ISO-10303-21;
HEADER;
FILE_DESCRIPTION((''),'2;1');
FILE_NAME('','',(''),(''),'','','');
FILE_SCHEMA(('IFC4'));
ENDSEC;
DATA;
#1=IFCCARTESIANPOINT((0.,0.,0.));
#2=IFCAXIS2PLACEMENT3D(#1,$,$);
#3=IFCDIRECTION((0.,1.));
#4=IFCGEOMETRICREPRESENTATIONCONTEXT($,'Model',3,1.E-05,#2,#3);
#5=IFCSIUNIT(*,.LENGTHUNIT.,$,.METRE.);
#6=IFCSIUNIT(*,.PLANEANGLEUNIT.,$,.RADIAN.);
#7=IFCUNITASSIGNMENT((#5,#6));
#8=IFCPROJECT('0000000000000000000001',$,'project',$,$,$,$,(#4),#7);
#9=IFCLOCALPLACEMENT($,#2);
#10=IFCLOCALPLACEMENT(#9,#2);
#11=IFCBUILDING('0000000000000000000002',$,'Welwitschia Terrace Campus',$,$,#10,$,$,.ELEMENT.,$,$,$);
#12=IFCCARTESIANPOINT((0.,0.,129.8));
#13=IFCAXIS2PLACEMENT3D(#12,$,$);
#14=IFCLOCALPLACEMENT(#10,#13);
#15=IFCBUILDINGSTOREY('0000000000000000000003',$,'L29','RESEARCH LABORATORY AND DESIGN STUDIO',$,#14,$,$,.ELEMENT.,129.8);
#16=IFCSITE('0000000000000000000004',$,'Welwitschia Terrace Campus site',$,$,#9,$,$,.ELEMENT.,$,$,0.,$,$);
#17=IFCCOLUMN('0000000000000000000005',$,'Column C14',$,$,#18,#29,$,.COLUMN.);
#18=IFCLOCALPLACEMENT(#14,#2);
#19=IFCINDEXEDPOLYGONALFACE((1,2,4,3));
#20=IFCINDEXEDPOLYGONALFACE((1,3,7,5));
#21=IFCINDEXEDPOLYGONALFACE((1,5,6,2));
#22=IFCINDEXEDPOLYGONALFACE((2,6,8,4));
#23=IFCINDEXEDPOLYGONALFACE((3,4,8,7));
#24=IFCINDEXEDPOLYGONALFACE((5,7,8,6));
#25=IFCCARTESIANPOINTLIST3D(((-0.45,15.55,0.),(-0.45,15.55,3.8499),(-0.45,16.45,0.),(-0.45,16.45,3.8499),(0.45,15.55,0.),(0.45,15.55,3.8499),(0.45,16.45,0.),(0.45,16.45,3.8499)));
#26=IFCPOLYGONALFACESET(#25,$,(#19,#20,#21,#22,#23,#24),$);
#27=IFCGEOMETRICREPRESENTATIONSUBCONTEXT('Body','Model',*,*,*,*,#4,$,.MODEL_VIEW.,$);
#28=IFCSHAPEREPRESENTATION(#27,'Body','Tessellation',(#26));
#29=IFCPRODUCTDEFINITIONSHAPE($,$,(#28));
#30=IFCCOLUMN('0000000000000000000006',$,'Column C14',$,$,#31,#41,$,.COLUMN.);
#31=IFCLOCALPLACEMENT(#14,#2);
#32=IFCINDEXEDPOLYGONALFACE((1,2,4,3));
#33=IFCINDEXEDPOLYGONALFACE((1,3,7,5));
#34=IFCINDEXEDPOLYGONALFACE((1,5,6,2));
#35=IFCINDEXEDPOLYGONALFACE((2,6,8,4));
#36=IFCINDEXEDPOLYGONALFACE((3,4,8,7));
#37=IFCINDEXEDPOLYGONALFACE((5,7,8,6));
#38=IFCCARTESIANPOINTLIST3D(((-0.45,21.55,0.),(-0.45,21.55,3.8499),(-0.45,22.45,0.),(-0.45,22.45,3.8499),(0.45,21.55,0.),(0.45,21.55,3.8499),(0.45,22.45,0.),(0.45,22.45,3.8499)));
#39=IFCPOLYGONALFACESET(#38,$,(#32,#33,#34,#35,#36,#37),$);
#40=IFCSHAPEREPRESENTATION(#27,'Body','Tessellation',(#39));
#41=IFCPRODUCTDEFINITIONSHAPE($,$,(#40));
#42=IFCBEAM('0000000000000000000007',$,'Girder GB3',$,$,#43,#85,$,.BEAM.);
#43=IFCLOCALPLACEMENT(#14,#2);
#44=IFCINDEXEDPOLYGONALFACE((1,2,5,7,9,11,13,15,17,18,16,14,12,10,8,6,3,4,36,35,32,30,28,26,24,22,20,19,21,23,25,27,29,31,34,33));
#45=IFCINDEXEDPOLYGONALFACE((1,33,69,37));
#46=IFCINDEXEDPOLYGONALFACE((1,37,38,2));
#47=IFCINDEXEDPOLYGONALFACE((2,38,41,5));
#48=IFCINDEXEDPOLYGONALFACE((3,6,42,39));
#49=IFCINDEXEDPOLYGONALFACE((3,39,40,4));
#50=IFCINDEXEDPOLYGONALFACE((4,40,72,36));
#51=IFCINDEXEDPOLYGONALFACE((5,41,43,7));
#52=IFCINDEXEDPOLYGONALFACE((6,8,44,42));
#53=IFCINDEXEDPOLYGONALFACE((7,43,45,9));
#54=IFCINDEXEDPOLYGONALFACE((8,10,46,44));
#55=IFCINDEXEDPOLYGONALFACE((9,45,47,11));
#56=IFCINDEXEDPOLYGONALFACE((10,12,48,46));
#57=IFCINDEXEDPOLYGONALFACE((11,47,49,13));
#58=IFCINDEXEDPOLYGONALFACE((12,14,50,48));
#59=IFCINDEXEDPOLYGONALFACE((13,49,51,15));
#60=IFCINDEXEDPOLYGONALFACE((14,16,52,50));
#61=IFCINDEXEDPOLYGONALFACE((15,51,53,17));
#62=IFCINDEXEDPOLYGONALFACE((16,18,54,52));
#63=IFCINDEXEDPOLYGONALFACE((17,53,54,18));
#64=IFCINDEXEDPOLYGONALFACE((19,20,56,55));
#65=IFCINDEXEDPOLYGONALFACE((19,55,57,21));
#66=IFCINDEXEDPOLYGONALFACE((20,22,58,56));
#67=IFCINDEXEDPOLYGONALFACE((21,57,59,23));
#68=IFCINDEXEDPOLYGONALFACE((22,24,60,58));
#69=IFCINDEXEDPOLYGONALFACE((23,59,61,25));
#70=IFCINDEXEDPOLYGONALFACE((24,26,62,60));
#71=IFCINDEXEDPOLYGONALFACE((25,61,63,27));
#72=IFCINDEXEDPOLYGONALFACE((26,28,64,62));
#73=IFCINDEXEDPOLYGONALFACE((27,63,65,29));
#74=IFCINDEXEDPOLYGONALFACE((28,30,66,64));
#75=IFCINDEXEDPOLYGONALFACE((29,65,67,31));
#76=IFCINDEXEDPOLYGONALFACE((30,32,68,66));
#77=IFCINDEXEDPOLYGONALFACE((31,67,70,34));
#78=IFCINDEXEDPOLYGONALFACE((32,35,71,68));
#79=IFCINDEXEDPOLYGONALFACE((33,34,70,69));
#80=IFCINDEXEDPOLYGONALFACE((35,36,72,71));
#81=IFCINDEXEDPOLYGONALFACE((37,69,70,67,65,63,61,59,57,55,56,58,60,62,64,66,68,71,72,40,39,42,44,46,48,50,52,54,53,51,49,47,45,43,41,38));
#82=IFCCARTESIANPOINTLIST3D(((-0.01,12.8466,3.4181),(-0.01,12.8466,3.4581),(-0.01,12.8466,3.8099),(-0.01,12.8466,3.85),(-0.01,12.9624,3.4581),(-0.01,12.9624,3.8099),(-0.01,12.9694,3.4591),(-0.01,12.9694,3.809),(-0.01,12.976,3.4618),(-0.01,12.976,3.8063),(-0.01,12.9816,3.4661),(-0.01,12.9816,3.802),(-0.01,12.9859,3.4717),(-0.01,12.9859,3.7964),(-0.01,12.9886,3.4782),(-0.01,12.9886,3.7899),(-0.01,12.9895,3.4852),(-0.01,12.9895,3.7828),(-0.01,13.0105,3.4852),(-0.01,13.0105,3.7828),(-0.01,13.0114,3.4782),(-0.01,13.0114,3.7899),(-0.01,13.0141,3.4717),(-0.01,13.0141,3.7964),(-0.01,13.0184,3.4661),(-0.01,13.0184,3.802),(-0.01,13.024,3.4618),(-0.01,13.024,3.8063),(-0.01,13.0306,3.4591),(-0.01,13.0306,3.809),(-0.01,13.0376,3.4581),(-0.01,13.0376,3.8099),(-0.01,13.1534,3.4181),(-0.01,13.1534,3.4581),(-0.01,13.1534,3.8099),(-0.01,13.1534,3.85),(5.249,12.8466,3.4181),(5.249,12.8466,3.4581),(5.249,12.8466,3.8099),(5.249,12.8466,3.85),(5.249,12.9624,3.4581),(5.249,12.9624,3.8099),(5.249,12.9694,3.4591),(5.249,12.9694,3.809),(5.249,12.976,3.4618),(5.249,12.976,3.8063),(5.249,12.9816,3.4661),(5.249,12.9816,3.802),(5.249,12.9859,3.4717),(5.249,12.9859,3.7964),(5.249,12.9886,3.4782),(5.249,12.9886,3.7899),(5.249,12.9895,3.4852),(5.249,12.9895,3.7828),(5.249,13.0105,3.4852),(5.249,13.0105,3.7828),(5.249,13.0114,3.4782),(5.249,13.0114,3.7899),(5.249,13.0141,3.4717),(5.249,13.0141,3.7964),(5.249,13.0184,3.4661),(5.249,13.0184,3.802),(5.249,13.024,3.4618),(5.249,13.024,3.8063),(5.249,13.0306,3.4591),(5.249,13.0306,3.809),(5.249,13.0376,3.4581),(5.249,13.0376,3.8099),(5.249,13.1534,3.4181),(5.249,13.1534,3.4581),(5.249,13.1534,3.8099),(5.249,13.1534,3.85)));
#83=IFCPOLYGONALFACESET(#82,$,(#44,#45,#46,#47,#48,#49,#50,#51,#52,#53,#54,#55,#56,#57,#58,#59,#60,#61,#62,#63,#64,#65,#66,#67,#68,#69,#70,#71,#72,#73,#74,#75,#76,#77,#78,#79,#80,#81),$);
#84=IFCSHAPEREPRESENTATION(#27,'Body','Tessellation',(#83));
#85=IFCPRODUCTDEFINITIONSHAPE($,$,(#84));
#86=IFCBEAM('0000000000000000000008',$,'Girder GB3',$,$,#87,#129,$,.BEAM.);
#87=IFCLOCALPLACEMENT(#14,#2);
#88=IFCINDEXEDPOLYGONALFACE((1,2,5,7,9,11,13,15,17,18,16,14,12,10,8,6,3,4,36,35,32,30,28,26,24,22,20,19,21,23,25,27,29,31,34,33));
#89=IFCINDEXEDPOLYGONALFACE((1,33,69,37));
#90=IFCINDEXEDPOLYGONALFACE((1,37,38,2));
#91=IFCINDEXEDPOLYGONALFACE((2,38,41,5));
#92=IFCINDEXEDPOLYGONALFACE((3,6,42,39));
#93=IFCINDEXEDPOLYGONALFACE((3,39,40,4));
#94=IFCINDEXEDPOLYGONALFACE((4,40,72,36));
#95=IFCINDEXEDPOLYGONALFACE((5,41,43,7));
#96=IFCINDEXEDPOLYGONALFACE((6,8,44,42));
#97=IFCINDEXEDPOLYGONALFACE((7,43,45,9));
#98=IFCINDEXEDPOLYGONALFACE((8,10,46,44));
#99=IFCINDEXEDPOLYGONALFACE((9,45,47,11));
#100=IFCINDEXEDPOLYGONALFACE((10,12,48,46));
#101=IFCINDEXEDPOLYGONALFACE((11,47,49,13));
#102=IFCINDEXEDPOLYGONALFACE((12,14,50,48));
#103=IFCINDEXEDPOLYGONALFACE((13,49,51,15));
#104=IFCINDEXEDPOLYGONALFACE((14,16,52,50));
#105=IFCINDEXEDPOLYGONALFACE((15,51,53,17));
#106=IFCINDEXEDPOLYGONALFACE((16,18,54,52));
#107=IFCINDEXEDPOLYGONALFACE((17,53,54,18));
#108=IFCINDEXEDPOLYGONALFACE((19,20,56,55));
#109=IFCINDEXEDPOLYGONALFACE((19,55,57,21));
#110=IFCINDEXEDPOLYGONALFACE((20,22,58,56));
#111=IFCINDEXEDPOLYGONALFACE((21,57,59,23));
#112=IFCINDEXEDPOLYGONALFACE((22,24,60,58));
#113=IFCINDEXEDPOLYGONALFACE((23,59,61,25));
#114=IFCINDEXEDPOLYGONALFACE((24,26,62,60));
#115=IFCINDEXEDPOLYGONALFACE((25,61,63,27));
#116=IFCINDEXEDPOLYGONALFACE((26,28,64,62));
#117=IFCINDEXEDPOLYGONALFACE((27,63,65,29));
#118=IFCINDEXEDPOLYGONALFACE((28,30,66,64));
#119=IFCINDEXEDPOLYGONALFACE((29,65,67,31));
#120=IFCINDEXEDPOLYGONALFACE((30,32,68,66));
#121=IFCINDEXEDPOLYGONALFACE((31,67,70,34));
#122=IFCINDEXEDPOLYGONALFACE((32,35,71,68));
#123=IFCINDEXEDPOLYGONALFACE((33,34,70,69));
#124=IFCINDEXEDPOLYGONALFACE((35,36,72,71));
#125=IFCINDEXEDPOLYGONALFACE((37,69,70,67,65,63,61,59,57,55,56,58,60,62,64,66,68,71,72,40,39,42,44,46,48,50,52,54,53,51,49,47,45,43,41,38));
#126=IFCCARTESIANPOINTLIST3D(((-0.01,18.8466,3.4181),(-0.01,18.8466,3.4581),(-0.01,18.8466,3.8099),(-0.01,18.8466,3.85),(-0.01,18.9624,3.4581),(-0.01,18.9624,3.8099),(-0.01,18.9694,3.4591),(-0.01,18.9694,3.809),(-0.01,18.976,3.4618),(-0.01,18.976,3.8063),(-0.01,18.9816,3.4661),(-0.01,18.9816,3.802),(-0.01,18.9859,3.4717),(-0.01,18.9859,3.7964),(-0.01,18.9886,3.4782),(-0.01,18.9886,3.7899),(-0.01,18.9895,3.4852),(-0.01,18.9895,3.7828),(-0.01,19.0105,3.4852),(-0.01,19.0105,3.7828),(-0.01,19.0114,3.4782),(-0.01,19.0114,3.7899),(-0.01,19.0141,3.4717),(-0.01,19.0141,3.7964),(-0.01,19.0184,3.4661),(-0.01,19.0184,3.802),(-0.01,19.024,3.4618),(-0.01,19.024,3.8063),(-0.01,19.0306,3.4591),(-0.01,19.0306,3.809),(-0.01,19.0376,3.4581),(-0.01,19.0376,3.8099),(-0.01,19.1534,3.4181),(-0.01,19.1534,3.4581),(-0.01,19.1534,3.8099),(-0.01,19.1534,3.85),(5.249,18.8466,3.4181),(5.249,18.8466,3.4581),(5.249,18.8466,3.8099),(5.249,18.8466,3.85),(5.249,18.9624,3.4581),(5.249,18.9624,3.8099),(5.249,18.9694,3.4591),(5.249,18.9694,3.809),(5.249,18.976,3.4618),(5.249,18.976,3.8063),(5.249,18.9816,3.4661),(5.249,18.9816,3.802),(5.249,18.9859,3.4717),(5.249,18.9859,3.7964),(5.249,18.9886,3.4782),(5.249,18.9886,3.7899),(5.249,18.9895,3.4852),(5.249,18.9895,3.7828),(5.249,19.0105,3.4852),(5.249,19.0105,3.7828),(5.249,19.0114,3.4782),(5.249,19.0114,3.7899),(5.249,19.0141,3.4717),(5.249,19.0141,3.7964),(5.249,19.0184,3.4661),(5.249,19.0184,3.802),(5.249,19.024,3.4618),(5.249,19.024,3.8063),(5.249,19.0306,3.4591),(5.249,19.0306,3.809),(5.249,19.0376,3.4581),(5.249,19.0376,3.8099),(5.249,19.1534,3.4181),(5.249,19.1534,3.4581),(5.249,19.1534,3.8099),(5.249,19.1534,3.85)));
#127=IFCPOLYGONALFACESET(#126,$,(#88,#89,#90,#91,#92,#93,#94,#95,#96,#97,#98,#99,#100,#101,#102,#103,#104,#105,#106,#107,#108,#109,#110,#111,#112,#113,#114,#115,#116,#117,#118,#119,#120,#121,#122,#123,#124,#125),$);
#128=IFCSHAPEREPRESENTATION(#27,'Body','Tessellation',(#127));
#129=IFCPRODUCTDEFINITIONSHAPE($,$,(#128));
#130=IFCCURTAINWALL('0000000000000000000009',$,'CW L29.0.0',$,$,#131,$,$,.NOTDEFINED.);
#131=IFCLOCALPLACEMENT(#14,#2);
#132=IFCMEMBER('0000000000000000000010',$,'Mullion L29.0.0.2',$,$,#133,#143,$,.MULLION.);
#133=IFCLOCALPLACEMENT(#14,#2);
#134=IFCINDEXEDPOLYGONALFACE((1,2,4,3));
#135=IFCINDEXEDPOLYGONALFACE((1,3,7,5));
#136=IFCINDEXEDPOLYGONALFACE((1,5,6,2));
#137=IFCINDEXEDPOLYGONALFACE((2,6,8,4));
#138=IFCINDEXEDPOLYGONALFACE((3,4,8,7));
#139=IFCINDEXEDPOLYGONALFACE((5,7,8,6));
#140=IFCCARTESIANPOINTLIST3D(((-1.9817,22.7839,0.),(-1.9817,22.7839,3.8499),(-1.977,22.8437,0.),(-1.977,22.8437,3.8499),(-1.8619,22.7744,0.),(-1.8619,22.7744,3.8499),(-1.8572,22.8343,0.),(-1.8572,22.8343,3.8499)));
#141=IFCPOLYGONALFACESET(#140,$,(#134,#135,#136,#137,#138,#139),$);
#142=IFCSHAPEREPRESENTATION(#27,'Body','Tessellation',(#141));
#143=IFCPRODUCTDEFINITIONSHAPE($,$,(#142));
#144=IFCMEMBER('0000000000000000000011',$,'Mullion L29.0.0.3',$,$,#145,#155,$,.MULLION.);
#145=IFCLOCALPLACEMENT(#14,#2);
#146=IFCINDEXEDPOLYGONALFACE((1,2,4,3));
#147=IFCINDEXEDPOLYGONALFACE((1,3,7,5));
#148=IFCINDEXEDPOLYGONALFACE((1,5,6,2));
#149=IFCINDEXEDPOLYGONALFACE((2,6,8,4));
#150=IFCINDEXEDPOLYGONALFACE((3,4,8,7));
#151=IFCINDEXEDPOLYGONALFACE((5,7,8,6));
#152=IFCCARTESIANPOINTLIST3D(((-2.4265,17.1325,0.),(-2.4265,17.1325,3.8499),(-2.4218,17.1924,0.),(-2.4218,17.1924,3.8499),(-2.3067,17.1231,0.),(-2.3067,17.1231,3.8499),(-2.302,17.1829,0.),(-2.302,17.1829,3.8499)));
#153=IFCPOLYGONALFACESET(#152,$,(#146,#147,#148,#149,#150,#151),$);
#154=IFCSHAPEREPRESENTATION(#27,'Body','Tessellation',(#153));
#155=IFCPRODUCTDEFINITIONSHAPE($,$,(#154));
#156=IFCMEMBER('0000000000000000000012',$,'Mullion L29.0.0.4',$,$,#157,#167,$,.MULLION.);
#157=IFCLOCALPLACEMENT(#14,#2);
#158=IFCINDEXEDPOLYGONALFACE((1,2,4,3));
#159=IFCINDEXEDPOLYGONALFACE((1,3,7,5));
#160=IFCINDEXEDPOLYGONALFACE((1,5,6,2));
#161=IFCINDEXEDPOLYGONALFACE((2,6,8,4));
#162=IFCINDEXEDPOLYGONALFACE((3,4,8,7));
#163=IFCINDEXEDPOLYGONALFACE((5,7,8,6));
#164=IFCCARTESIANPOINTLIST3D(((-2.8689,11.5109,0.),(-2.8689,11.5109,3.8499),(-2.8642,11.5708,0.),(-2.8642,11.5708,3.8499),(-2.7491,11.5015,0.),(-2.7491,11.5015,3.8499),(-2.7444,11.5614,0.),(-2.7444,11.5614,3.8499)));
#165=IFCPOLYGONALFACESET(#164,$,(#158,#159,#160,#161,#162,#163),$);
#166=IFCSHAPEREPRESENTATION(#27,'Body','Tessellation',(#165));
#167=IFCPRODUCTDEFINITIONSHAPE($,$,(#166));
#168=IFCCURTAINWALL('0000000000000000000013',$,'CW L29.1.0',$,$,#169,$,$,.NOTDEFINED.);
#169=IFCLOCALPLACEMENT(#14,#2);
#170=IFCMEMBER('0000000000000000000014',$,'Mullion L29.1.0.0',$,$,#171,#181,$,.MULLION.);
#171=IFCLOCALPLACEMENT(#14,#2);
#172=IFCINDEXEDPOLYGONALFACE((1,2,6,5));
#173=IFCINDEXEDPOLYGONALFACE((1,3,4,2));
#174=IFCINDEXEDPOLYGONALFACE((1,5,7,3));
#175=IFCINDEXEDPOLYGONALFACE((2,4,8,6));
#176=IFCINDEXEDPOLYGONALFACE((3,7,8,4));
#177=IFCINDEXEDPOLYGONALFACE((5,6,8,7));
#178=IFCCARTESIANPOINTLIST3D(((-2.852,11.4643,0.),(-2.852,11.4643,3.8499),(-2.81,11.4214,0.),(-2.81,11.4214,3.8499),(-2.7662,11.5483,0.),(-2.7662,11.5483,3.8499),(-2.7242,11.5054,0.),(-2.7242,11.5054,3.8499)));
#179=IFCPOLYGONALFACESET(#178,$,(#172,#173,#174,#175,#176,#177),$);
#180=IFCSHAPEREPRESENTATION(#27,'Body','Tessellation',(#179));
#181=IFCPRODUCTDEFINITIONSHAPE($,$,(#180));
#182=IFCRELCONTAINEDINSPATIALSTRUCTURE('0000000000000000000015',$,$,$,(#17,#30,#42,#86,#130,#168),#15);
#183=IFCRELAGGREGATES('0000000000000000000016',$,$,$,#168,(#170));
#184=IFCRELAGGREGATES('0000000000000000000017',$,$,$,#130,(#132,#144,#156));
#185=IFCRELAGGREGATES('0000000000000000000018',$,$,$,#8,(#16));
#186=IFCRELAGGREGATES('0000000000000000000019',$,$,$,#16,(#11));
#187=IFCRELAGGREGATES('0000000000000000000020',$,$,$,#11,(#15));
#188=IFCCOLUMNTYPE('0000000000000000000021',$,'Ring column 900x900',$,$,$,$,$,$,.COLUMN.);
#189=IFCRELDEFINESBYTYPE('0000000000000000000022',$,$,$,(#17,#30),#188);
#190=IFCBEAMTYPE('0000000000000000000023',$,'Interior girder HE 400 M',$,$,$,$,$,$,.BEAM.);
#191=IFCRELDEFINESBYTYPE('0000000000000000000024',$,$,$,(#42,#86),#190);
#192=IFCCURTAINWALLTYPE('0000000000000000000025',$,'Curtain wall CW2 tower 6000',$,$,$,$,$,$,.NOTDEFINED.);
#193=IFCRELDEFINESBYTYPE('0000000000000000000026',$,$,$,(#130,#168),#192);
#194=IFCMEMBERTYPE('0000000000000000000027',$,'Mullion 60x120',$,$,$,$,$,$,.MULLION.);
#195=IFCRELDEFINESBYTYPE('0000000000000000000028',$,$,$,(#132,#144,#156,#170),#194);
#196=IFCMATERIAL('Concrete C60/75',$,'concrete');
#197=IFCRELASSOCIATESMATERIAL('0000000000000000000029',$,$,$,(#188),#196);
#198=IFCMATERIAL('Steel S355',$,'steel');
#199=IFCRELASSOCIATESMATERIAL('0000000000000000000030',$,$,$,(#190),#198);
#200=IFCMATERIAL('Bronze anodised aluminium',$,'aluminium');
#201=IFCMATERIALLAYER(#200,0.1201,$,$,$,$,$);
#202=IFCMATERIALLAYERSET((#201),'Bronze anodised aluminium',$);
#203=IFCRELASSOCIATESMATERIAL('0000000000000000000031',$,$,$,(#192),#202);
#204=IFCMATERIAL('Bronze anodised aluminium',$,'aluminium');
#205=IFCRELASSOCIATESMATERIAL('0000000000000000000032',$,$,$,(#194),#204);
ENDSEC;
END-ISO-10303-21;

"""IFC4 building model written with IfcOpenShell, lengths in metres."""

from ifc_helpers import new_model, si_unit, direction, frame, origin, origin_2d, place, context, subcontext, project, spatial, rectangle, i_section, extrude, material, layer, layer_set, material_profile, profile_set, type_object, element, aggregate, save


model = new_model("IFC4")

# Units and contexts
model_context = context("Model", 3, precision=1e-05, world=origin(), true_north=direction((0.0, 1.0)))
body_context = subcontext(model_context, "Body", "Model", "MODEL_VIEW")
ifc_project = project(units=[si_unit("LENGTHUNIT", "METRE"), si_unit("PLANEANGLEUNIT", "RADIAN")], contexts=[model_context])

# Site, building, storey
site_placement = place(None, origin())
site = spatial("IfcSite", under=ifc_project, at=site_placement, Name="Welwitschia Terrace Campus site", CompositionType="ELEMENT", RefElevation=0.0)
building_placement = place(site_placement, origin())
building = spatial("IfcBuilding", under=site, at=building_placement, Name="Welwitschia Terrace Campus", CompositionType="ELEMENT")
storey_placement = place(building_placement, frame((0.0, 0.0, 129.8)))
storey = spatial("IfcBuildingStorey", under=building, at=storey_placement, Name="L29", Description="RESEARCH LABORATORY AND DESIGN STUDIO", CompositionType="ELEMENT", Elevation=129.8)

# Columns
ifc_material_1 = material(Name="Concrete C60/75", Category="concrete")
ifc_material_profile_1 = material_profile(ifc_material_1, rectangle(XDim=0.8999, YDim=0.8999, at=origin_2d()))
ifc_profile_set_1 = profile_set([ifc_material_profile_1], Name="Concrete C60/75")
column_type = type_object("IfcColumnType", Name="Ring column 900x900", PredefinedType="COLUMN", material=ifc_profile_set_1)
for number, where, z_axis, x_axis, name in (
    (1, (0.0, 16.0, 0.0), (0.0, 0.0, 1.0), (1.0, 0.0, 0.0), "Column C14"),
    (2, (0.0, 22.0, 0.0), (0.0, 0.0, 1.0), (1.0, 0.0, 0.0), "Column C14"),
):
    element("IfcColumn", number, at=place(storey_placement, frame(where, z_axis=z_axis, x_axis=x_axis)), inside=storey, type_object=column_type, Name=name, PredefinedType="COLUMN", context=body_context, shape_type="SweptSolid", body=[
        extrude(rectangle(XDim=0.8999, YDim=0.8999, at=origin_2d()), origin(), (0.0, 0.0, 1.0), 3.8499),
    ])

# Beams
ifc_material_2 = material(Name="Steel S355", Category="steel")
ifc_material_profile_2 = material_profile(ifc_material_2, i_section(OverallWidth=0.3069, OverallDepth=0.4319, WebThickness=0.021, FlangeThickness=0.04, FilletRadius=0.0271, at=origin_2d()))
ifc_profile_set_2 = profile_set([ifc_material_profile_2], Name="Steel S355")
beam_type_1 = type_object("IfcBeamType", Name="Interior girder HE 400 M", PredefinedType="BEAM", material=ifc_profile_set_2)
for number, where, z_axis, x_axis, name in (
    (3, (-0.01, 13.0, 3.634), (1.0, 0.0, 0.0), (0.0, 1.0, 0.0), "Girder GB3"),
    (4, (-0.01, 19.0, 3.634), (1.0, 0.0, 0.0), (0.0, 1.0, 0.0), "Girder GB3"),
):
    element("IfcBeam", number, at=place(storey_placement, frame(where, z_axis=z_axis, x_axis=x_axis)), inside=storey, type_object=beam_type_1, Name=name, PredefinedType="BEAM", context=body_context, shape_type="SweptSolid", body=[
        extrude(i_section(OverallWidth=0.3069, OverallDepth=0.4319, WebThickness=0.021, FlangeThickness=0.04, FilletRadius=0.0271, at=origin_2d()), origin(), (0.0, 0.0, 1.0), 5.259),
    ])

# Curtain wall, members
ifc_material_3 = material(Name="Bronze anodised aluminium", Category="aluminium")
ifc_layer_1 = layer(ifc_material_3, 0.1201)
ifc_layer_set_1 = layer_set([ifc_layer_1], Name="Bronze anodised aluminium")
curtain_wall_type = type_object("IfcCurtainWallType", Name="Curtain wall CW2 tower 6000", PredefinedType="NOTDEFINED", material=ifc_layer_set_1)
curtain_wall_1_placement = place(storey_placement, origin())
curtain_wall_1 = element("IfcCurtainWall", 5, at=curtain_wall_1_placement, inside=storey, type_object=curtain_wall_type, Name="CW L29.0.0", PredefinedType="NOTDEFINED")
ifc_material_4 = material(Name="Bronze anodised aluminium", Category="aluminium")
ifc_material_profile_3 = material_profile(ifc_material_4, rectangle(XDim=0.1201, YDim=0.0601, at=origin_2d()))
ifc_profile_set_3 = profile_set([ifc_material_profile_3], Name="Bronze anodised aluminium")
member_type_1 = type_object("IfcMemberType", Name="Mullion 60x120", PredefinedType="MULLION", material=ifc_profile_set_3)
member_1_placement = place(storey_placement, frame((-1.9194, 22.8091, 0.0), z_axis=(0.0, 0.0, 1.0), x_axis=(0.996917, -0.078459, 0.0)))
member_1 = element("IfcMember", 6, at=member_1_placement, type_object=member_type_1, Name="Mullion L29.0.0.2", PredefinedType="MULLION", context=body_context, shape_type="SweptSolid", body=[
    extrude(rectangle(XDim=0.1201, YDim=0.0601, at=origin_2d()), origin(), (0.0, 0.0, 1.0), 3.8499),
])
member_2_placement = place(storey_placement, frame((-2.3643, 17.1577, 0.0), z_axis=(0.0, 0.0, 1.0), x_axis=(0.996917, -0.078459, 0.0)))
member_2 = element("IfcMember", 7, at=member_2_placement, type_object=member_type_1, Name="Mullion L29.0.0.3", PredefinedType="MULLION", context=body_context, shape_type="SweptSolid", body=[
    extrude(rectangle(XDim=0.1201, YDim=0.0601, at=origin_2d()), origin(), (0.0, 0.0, 1.0), 3.8499),
])
member_3_placement = place(storey_placement, frame((-2.8066, 11.5361, 0.0), z_axis=(0.0, 0.0, 1.0), x_axis=(0.996917, -0.078459, 0.0)))
member_3 = element("IfcMember", 8, at=member_3_placement, type_object=member_type_1, Name="Mullion L29.0.0.4", PredefinedType="MULLION", context=body_context, shape_type="SweptSolid", body=[
    extrude(rectangle(XDim=0.1201, YDim=0.0601, at=origin_2d()), origin(), (0.0, 0.0, 1.0), 3.8499),
])

# Curtain wall, member
curtain_wall_2_placement = place(storey_placement, origin())
curtain_wall_2 = element("IfcCurtainWall", 9, at=curtain_wall_2_placement, inside=storey, type_object=curtain_wall_type, Name="CW L29.1.0", PredefinedType="NOTDEFINED")
member_4_placement = place(storey_placement, frame((-2.7881, 11.4849, 0.0), z_axis=(0.0, 0.0, 1.0), x_axis=(0.714727, 0.699403, 0.0)))
member_4 = element("IfcMember", 10, at=member_4_placement, type_object=member_type_1, Name="Mullion L29.1.0.0", PredefinedType="MULLION", context=body_context, shape_type="SweptSolid", body=[
    extrude(rectangle(XDim=0.1201, YDim=0.0601, at=origin_2d()), origin(), (0.0, 0.0, 1.0), 3.8499),
])

aggregate(curtain_wall_2, [member_4])

aggregate(curtain_wall_1, [member_1, member_2, member_3])

save(model, "model.ifc")
